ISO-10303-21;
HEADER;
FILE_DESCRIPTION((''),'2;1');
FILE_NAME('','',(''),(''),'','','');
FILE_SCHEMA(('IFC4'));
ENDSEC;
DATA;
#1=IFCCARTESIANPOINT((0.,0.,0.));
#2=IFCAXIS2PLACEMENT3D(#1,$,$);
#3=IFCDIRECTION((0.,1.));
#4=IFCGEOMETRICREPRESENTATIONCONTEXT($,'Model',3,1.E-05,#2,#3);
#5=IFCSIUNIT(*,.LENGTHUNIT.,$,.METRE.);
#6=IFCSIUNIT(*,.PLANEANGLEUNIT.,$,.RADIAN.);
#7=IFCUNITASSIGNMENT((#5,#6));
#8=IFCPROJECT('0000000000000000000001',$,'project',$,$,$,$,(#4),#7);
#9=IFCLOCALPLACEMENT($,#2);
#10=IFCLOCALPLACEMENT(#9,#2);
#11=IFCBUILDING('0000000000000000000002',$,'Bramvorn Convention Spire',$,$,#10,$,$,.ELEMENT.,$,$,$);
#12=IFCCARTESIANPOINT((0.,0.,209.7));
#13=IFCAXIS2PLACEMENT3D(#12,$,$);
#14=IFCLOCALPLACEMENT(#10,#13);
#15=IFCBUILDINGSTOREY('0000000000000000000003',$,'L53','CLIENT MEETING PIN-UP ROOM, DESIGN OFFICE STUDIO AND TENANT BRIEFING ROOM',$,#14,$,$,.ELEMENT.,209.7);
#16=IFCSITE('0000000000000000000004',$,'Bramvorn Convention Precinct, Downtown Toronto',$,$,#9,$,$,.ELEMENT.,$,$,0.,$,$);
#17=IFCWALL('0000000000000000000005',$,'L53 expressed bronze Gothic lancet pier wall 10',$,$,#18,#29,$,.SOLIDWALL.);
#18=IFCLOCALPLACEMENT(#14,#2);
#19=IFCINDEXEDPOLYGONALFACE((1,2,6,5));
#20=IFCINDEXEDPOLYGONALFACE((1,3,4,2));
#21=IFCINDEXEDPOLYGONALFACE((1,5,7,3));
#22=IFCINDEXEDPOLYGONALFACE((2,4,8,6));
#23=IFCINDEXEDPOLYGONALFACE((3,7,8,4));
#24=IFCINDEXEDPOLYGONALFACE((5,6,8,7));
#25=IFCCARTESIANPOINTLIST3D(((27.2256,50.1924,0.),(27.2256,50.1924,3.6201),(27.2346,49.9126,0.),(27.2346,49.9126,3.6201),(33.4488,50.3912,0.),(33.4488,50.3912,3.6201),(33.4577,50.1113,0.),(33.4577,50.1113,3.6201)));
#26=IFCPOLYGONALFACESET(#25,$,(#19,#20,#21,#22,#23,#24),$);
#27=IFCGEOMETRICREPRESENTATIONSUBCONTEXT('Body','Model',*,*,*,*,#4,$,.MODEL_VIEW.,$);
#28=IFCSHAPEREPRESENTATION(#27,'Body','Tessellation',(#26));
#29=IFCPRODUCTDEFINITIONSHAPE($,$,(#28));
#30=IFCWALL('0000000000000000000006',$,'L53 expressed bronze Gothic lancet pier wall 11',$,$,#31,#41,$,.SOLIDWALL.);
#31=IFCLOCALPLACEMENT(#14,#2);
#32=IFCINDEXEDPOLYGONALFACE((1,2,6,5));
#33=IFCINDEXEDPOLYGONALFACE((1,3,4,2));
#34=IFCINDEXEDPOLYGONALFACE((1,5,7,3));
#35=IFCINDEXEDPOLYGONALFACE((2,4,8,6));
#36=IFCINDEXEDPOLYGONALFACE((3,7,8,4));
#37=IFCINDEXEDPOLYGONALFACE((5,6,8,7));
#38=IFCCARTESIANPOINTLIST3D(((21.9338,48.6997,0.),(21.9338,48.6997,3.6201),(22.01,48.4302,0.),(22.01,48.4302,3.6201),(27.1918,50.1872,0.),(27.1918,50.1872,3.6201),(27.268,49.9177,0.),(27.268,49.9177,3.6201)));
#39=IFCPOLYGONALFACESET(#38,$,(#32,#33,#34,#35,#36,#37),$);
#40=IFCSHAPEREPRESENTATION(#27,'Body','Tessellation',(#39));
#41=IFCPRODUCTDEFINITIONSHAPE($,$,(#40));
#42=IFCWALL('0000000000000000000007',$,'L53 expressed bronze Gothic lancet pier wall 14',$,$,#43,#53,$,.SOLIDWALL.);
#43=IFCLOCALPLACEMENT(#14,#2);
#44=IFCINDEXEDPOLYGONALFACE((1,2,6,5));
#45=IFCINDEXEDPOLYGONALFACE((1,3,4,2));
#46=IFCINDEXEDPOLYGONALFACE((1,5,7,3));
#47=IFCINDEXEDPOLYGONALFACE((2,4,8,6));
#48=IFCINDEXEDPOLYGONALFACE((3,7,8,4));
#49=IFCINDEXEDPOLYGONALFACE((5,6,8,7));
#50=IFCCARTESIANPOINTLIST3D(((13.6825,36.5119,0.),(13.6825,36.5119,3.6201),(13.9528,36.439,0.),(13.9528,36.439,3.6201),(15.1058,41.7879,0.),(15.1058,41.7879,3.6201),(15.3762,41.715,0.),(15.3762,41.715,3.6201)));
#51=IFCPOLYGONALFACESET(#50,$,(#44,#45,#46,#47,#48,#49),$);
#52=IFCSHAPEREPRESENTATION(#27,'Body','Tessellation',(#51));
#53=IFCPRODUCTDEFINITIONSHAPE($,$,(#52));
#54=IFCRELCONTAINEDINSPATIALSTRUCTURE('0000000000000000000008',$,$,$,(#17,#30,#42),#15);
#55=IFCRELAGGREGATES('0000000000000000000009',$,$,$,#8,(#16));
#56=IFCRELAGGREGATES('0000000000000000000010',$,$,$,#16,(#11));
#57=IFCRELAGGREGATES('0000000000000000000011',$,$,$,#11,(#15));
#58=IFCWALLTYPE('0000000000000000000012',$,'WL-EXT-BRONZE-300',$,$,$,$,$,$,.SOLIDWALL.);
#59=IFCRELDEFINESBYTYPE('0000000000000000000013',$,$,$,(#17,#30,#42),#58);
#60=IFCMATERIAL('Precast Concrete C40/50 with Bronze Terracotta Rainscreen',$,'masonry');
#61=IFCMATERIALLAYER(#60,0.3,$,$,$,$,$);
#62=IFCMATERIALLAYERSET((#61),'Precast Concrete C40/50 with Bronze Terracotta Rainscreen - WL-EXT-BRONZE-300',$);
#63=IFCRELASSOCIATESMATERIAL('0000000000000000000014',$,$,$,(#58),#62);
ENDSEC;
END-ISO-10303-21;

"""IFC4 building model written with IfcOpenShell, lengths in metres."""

from ifc_helpers import new_model, si_unit, direction, frame, frame_2d, origin, place, context, subcontext, project, spatial, rectangle, extrude, material, layer, layer_set, type_object, element, save


model = new_model("IFC4")

# Units and contexts
model_context = context("Model", 3, precision=1e-05, world=origin(), true_north=direction((0.0, 1.0)))
body_context = subcontext(model_context, "Body", "Model", "MODEL_VIEW")
ifc_project = project(units=[si_unit("LENGTHUNIT", "METRE"), si_unit("PLANEANGLEUNIT", "RADIAN")], contexts=[model_context])

# Site, building, storey
site_placement = place(None, origin())
site = spatial("IfcSite", under=ifc_project, at=site_placement, Name="Bramvorn Convention Precinct, Downtown Toronto", CompositionType="ELEMENT", RefElevation=0.0)
building_placement = place(site_placement, origin())
building = spatial("IfcBuilding", under=site, at=building_placement, Name="Bramvorn Convention Spire", CompositionType="ELEMENT")
storey_placement = place(building_placement, frame((0.0, 0.0, 209.7)))
storey = spatial("IfcBuildingStorey", under=building, at=storey_placement, Name="L53", Description="CLIENT MEETING PIN-UP ROOM, DESIGN OFFICE STUDIO AND TENANT BRIEFING ROOM", CompositionType="ELEMENT", Elevation=209.7)

# Walls
ifc_material_1 = material(Name="Precast Concrete C40/50 with Bronze Terracotta Rainscreen", Category="masonry")
ifc_layer_1 = layer(ifc_material_1, 0.3)
ifc_layer_set_1 = layer_set([ifc_layer_1], Name="Precast Concrete C40/50 with Bronze Terracotta Rainscreen - WL-EXT-BRONZE-300")
wall_type = type_object("IfcWallType", Name="WL-EXT-BRONZE-300", PredefinedType="SOLIDWALL", material=ifc_layer_set_1)
wall_1_placement = place(storey_placement, frame((27.23, 50.0525, 0.0), z_axis=(0.0, 0.0, 1.0), x_axis=(0.99949, 0.031918, 0.0)))
element("IfcWall", 1, at=wall_1_placement, inside=storey, type_object=wall_type, Name="L53 expressed bronze Gothic lancet pier wall 10", PredefinedType="SOLIDWALL", context=body_context, shape_type="SweptSolid", body=[
    extrude(rectangle(XDim=6.2263, YDim=0.28, at=frame_2d((3.1133, 0.0))), origin(), (0.0, 0.0, 1.0), 3.6201),
])
wall_2_placement = place(storey_placement, frame((21.9719, 48.5649, 0.0), z_axis=(0.0, 0.0, 1.0), x_axis=(0.962234, 0.272224, 0.0)))
element("IfcWall", 2, at=wall_2_placement, inside=storey, type_object=wall_type, Name="L53 expressed bronze Gothic lancet pier wall 11", PredefinedType="SOLIDWALL", context=body_context, shape_type="SweptSolid", body=[
    extrude(rectangle(XDim=5.4644, YDim=0.28, at=frame_2d((2.7322, 0.0))), origin(), (0.0, 0.0, 1.0), 3.6201),
])
wall_3_placement = place(storey_placement, frame((13.8176, 36.4753, 0.0), z_axis=(0.0, 0.0, 1.0), x_axis=(0.26047, 0.965482, 0.0)))
element("IfcWall", 3, at=wall_3_placement, inside=storey, type_object=wall_type, Name="L53 expressed bronze Gothic lancet pier wall 14", PredefinedType="SOLIDWALL", context=body_context, shape_type="SweptSolid", body=[
    extrude(rectangle(XDim=5.4646, YDim=0.28, at=frame_2d((2.7324, 0.0))), origin(), (0.0, 0.0, 1.0), 3.6201),
])

save(model, "model.ifc")
